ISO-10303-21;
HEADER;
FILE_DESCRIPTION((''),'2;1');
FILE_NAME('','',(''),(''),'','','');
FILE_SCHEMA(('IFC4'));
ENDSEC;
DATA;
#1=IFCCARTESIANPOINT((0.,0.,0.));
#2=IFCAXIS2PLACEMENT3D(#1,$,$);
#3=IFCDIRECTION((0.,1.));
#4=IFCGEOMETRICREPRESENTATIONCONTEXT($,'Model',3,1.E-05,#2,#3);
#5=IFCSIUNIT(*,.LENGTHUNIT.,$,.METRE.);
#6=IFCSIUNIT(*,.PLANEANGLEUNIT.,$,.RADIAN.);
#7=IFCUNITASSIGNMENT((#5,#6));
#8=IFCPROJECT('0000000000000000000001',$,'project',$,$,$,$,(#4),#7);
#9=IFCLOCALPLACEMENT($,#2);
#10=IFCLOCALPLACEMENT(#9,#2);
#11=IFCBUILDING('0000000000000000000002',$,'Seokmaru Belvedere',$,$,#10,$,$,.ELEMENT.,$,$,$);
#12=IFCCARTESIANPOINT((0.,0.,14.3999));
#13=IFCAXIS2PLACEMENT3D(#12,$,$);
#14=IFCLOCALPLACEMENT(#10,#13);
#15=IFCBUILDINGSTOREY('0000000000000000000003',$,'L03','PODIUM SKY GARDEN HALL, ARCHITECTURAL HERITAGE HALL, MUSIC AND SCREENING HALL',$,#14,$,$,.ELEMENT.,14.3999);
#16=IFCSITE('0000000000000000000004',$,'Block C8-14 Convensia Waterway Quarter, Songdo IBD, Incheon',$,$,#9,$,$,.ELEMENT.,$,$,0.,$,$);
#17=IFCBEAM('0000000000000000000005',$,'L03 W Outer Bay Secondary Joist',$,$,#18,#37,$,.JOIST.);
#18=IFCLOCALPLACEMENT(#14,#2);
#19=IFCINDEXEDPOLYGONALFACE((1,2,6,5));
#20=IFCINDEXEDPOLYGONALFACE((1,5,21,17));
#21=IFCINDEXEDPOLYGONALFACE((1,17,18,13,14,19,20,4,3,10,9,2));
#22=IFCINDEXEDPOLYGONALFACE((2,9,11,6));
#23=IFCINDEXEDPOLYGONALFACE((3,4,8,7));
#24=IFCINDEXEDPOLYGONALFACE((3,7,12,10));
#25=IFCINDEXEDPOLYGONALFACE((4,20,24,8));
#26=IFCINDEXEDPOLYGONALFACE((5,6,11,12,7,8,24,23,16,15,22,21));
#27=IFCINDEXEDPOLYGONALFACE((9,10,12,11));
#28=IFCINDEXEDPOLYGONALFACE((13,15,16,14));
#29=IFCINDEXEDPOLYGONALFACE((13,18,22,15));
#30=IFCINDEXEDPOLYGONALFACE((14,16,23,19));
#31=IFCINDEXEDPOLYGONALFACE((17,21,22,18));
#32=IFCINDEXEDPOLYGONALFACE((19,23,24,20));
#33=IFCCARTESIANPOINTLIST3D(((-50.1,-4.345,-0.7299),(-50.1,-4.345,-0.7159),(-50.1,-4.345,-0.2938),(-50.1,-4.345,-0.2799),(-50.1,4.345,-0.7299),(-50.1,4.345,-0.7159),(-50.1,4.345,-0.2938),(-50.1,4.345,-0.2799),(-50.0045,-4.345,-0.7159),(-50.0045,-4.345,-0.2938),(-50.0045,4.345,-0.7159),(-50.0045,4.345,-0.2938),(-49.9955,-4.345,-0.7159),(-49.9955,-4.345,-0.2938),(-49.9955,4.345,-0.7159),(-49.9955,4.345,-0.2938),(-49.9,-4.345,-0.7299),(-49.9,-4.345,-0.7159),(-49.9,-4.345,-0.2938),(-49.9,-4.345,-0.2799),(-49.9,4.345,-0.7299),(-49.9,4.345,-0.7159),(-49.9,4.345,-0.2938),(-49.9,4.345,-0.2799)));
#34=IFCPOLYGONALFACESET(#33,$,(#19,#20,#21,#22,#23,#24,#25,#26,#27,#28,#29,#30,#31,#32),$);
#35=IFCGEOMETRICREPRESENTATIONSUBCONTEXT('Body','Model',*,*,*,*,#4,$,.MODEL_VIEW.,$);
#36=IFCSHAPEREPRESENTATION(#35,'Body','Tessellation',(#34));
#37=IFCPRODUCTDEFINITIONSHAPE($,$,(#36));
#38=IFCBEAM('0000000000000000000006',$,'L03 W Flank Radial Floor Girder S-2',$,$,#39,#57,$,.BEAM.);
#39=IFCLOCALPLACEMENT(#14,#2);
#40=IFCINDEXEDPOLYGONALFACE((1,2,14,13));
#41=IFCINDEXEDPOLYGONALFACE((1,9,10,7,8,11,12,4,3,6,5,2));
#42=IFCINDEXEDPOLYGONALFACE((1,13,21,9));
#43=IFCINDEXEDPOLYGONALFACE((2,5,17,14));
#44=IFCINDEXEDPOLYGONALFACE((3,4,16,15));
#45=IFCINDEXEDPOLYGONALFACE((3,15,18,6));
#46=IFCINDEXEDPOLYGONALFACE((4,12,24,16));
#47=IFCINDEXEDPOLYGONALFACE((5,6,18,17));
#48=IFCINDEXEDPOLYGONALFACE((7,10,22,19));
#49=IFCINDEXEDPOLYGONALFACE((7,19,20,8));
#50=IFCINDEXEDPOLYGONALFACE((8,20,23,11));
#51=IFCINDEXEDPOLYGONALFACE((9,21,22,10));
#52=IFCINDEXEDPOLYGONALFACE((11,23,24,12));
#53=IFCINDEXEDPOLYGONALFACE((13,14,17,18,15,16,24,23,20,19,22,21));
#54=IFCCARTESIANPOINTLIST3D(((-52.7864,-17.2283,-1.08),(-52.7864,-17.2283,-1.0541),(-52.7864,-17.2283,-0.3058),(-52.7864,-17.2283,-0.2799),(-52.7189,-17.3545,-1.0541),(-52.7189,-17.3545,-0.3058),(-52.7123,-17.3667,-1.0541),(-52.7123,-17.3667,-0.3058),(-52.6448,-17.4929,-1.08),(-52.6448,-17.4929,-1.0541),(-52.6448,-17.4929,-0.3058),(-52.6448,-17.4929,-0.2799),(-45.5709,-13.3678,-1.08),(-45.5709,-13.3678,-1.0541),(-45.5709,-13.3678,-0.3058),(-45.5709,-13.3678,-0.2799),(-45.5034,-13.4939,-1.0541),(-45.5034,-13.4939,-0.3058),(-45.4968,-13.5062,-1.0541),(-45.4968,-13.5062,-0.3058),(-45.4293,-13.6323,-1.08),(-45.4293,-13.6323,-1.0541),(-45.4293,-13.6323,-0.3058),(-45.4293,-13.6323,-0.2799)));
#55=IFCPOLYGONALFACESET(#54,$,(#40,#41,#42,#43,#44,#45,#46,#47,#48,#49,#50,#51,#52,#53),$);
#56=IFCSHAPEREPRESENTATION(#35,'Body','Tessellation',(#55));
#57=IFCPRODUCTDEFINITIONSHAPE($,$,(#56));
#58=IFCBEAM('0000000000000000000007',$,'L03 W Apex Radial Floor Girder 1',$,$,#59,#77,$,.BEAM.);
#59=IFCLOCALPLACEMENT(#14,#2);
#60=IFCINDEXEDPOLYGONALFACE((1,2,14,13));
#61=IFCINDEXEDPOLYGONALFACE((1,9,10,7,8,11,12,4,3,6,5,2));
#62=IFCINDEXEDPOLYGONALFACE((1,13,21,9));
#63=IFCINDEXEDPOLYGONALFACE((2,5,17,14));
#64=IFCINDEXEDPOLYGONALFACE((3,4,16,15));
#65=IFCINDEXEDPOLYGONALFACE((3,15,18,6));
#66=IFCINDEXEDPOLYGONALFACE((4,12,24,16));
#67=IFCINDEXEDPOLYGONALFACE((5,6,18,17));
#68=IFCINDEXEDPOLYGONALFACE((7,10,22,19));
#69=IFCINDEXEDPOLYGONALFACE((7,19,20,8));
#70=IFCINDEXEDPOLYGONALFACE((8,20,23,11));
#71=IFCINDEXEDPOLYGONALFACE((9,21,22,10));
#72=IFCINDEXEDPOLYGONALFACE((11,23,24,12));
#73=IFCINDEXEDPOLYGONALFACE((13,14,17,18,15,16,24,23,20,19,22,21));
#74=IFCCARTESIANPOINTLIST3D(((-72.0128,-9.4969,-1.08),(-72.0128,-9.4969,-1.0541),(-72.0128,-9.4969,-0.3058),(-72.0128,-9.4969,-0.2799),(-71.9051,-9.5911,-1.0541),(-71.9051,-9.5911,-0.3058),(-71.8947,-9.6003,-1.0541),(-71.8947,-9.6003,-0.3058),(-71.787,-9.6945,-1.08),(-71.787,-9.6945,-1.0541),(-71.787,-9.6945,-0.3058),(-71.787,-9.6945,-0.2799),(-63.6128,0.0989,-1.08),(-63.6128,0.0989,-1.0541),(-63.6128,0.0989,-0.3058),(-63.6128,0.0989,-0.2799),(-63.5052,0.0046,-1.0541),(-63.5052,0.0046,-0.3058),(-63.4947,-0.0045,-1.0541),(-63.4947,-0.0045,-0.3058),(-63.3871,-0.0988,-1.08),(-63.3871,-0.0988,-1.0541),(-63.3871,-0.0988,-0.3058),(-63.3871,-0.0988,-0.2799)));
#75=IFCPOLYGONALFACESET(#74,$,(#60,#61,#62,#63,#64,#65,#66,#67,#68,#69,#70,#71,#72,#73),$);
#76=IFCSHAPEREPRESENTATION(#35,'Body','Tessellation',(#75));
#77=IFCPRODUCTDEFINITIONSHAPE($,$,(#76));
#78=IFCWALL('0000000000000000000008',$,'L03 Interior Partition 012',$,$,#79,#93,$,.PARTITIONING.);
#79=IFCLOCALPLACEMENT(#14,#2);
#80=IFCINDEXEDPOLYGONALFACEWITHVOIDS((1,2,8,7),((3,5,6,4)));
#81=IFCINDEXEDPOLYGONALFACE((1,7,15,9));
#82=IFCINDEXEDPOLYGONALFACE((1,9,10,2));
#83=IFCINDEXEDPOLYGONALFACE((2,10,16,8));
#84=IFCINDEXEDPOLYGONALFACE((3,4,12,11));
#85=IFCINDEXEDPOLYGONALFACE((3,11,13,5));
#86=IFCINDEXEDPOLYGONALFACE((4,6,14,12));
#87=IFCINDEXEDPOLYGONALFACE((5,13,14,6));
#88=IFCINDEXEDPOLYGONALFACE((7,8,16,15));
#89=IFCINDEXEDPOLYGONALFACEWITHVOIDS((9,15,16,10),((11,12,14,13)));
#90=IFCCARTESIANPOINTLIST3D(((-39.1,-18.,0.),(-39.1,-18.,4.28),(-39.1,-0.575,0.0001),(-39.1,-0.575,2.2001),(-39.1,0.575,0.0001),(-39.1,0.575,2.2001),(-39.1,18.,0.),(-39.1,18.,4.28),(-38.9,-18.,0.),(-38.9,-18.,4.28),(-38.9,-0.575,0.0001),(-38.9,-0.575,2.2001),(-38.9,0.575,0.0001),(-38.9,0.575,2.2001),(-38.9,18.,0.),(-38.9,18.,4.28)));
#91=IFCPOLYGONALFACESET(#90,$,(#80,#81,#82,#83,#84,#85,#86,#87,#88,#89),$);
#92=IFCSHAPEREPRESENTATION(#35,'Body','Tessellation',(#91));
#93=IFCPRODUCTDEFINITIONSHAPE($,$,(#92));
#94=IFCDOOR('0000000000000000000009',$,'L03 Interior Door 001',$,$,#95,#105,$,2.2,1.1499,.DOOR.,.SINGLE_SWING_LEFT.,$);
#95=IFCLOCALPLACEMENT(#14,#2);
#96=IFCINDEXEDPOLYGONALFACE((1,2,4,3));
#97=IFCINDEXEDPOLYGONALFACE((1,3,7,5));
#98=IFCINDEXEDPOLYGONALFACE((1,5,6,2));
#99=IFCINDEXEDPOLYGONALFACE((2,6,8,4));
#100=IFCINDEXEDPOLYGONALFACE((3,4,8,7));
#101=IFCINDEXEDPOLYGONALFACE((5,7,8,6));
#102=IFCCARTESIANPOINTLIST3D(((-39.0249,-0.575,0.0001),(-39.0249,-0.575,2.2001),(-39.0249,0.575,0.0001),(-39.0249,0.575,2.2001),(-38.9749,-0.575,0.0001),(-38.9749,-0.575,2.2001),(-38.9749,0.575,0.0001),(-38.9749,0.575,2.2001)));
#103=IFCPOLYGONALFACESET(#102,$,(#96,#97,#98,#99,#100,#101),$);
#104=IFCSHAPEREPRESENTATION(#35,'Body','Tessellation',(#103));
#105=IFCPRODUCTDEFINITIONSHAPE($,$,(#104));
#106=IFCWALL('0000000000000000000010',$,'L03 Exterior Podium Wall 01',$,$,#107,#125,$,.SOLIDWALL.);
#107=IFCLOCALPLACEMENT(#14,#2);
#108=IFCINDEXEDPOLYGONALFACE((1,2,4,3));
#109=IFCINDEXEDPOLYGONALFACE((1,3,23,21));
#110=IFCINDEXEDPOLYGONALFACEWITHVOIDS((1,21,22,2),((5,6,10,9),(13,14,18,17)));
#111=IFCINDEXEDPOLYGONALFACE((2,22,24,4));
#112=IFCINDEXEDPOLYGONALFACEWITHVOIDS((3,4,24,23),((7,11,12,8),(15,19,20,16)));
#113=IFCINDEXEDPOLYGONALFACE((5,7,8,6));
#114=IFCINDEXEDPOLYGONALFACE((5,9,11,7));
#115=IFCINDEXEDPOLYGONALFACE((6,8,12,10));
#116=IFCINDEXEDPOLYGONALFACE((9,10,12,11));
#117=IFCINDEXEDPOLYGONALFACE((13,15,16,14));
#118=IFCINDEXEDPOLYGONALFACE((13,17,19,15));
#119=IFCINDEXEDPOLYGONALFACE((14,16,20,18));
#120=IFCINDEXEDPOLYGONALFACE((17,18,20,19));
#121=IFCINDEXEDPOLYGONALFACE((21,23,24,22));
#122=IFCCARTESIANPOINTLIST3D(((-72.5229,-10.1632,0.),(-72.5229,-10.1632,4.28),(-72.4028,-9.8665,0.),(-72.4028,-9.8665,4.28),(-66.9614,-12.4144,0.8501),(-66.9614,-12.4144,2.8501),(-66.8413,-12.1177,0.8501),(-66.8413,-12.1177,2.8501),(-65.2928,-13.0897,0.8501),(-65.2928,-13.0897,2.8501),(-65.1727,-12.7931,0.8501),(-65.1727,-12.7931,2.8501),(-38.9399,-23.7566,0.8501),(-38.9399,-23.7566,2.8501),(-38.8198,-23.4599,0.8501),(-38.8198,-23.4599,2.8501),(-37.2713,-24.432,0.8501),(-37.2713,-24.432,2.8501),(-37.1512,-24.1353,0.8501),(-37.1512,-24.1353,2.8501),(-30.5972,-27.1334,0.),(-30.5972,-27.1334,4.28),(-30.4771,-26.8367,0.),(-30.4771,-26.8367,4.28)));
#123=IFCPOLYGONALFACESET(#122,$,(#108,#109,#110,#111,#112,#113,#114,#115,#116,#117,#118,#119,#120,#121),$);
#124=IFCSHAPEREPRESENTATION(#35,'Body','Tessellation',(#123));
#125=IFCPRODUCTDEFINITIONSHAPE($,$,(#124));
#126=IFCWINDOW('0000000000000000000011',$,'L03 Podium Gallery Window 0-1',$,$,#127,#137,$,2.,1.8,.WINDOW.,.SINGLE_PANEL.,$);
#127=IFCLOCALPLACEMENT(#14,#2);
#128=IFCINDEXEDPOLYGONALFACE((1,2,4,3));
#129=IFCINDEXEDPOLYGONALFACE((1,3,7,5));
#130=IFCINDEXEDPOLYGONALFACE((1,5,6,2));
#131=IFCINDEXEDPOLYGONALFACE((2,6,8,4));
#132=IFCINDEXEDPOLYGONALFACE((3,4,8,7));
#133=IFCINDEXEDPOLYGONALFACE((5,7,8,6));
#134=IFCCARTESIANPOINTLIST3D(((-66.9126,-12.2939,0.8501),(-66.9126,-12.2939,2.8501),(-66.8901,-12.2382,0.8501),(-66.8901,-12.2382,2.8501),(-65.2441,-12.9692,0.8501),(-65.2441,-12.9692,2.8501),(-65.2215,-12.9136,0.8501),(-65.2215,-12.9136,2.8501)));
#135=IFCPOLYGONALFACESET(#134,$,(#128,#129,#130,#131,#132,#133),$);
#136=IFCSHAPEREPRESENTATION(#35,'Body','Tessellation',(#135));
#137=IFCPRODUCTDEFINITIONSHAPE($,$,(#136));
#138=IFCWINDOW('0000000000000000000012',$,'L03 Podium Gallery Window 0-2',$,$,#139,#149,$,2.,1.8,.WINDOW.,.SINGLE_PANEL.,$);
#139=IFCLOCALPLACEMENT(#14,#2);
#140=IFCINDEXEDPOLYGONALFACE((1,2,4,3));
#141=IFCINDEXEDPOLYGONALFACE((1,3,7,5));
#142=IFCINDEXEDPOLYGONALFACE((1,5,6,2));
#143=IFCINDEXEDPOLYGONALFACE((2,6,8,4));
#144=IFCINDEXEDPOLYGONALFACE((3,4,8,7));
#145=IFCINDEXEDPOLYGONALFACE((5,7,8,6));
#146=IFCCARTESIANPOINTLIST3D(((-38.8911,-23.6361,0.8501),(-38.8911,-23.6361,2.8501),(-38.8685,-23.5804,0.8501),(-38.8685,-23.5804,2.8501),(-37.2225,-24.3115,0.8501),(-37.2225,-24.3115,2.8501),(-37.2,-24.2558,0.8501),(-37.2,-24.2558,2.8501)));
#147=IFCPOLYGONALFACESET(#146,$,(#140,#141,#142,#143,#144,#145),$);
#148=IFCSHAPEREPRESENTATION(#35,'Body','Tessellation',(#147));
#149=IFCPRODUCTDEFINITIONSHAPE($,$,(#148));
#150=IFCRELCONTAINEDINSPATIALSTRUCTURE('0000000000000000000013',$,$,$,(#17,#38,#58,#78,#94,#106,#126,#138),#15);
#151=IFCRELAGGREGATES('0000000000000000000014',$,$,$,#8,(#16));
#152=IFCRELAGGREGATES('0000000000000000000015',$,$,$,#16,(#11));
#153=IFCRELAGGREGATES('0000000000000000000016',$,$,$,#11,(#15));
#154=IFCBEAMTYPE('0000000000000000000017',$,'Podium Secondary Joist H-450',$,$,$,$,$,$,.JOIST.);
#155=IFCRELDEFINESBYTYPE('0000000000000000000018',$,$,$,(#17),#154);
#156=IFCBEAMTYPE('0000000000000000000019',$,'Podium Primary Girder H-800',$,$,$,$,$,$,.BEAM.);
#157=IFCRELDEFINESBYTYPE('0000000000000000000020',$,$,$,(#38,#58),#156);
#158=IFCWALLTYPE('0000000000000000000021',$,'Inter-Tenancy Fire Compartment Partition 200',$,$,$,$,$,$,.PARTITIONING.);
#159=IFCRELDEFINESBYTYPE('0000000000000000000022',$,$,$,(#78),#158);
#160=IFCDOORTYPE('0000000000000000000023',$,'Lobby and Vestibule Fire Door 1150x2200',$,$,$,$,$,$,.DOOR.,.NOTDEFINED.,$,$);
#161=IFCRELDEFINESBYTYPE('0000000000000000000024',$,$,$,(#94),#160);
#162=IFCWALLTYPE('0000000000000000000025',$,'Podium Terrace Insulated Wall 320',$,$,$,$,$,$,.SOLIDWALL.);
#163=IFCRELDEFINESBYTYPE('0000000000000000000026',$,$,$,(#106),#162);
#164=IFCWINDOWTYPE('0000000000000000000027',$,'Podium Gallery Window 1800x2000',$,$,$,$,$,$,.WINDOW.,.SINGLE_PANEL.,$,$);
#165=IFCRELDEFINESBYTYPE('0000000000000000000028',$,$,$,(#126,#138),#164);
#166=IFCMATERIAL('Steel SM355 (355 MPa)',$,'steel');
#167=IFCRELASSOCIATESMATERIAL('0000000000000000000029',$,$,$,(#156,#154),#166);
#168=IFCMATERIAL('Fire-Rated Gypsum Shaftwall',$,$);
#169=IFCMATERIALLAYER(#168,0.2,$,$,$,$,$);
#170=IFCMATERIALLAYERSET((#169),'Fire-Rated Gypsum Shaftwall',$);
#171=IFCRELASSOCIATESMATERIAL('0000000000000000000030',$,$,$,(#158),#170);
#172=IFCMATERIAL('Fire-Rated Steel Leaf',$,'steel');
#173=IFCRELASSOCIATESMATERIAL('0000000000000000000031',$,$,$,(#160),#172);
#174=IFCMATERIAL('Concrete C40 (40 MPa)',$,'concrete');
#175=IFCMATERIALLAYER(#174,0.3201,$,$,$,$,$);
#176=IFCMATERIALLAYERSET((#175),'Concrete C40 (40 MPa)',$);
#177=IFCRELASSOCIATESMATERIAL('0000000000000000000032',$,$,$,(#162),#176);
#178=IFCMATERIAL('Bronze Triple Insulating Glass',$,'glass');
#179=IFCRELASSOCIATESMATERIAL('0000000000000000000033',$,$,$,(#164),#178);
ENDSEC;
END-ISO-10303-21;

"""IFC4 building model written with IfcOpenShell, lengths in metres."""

from ifc_helpers import new_model, si_unit, direction, frame, frame_2d, origin, origin_2d, place, context, subcontext, project, spatial, rectangle, i_section, extrude, source, transform, mapped, material, layer, layer_set, material_profile, profile_set, type_object, type_shapes, element, fill, save


model = new_model("IFC4")

# Units and contexts
model_context = context("Model", 3, precision=1e-05, world=origin(), true_north=direction((0.0, 1.0)))
body_context = subcontext(model_context, "Body", "Model", "MODEL_VIEW")
ifc_project = project(units=[si_unit("LENGTHUNIT", "METRE"), si_unit("PLANEANGLEUNIT", "RADIAN")], contexts=[model_context])

# Site, building, storey
site_placement = place(None, origin())
site = spatial("IfcSite", under=ifc_project, at=site_placement, Name="Block C8-14 Convensia Waterway Quarter, Songdo IBD, Incheon", CompositionType="ELEMENT", RefElevation=0.0)
building_placement = place(site_placement, origin())
building = spatial("IfcBuilding", under=site, at=building_placement, Name="Seokmaru Belvedere", CompositionType="ELEMENT")
storey_placement = place(building_placement, frame((0.0, 0.0, 14.3999)))
storey = spatial("IfcBuildingStorey", under=building, at=storey_placement, Name="L03", Description="PODIUM SKY GARDEN HALL, ARCHITECTURAL HERITAGE HALL, MUSIC AND SCREENING HALL", CompositionType="ELEMENT", Elevation=14.3999)

# Shared definitions
ifc_material_1 = material(Name="Steel SM355 (355 MPa)", Category="steel")

# Beams
ifc_material_profile_1 = material_profile(ifc_material_1, i_section(OverallWidth=0.3, OverallDepth=0.8, WebThickness=0.0139, FlangeThickness=0.0259, at=origin_2d()), Name="H-800x300x14x26")
ifc_profile_set_1 = profile_set([ifc_material_profile_1], Name="Steel SM355 (355 MPa)")
beam_type_1 = type_object("IfcBeamType", Name="Podium Primary Girder H-800", PredefinedType="BEAM", material=ifc_profile_set_1)
ifc_material_profile_2 = material_profile(ifc_material_1, i_section(OverallWidth=0.2, OverallDepth=0.45, WebThickness=0.009, FlangeThickness=0.0139, at=origin_2d()), Name="H-450x200x9x14")
ifc_profile_set_2 = profile_set([ifc_material_profile_2], Name="Steel SM355 (355 MPa)")
beam_type_2 = type_object("IfcBeamType", Name="Podium Secondary Joist H-450", PredefinedType="JOIST", material=ifc_profile_set_2)
shared_shape_1 = source(origin(), body_context, "Body", "SweptSolid", [
    extrude(i_section(OverallWidth=0.2, OverallDepth=0.45, WebThickness=0.009, FlangeThickness=0.0139, at=origin_2d()), origin(), (0.0, 0.0, 1.0), 8.6899),
])
type_shapes(beam_type_2, [shared_shape_1])
for number, where, z_axis, x_axis, name in (
    (1, (-50.0, -4.345, -0.5049), (0.0, 1.0, 0.0), (-1.0, 0.0, 0.0), "L03 W Outer Bay Secondary Joist"),
):
    element("IfcBeam", number, at=place(storey_placement, frame(where, z_axis=z_axis, x_axis=x_axis)), inside=storey, type_object=beam_type_2, Name=name, PredefinedType="JOIST", context=body_context, shape_type="MappedRepresentation", body=[
        mapped(shared_shape_1, transform((0.0, 0.0, 0.0), scale=1.0)),
    ])
shared_shape_2 = source(origin(), body_context, "Body", "SweptSolid", [
    extrude(i_section(OverallWidth=0.3, OverallDepth=0.8, WebThickness=0.0139, FlangeThickness=0.0259, at=origin_2d()), origin(), (0.0, 0.0, 1.0), 8.1833),
])
beam_1_placement = place(storey_placement, frame((-52.7156, -17.3606, -0.6799), z_axis=(0.881729, 0.471757, 0.0), x_axis=(-0.471757, 0.881729, 0.0)))
element("IfcBeam", 2, at=beam_1_placement, inside=storey, type_object=beam_type_1, Name="L03 W Flank Radial Floor Girder S-2", PredefinedType="BEAM", context=body_context, shape_type="MappedRepresentation", body=[
    mapped(shared_shape_2, transform((0.0, 0.0, 0.0), scale=1.0)),
])
shared_shape_3 = source(origin(), body_context, "Body", "SweptSolid", [
    extrude(i_section(OverallWidth=0.3, OverallDepth=0.8, WebThickness=0.0139, FlangeThickness=0.0259, at=origin_2d()), origin(), (0.0, 0.0, 1.0), 12.7529),
])
beam_2_placement = place(storey_placement, frame((-71.8999, -9.5957, -0.6799), z_axis=(0.658667, 0.752434, 0.0), x_axis=(-0.752434, 0.658667, 0.0)))
element("IfcBeam", 3, at=beam_2_placement, inside=storey, type_object=beam_type_1, Name="L03 W Apex Radial Floor Girder 1", PredefinedType="BEAM", context=body_context, shape_type="MappedRepresentation", body=[
    mapped(shared_shape_3, transform((0.0, 0.0, 0.0), scale=1.0)),
])

# Wall, opening, door
ifc_material_2 = material(Name="Fire-Rated Gypsum Shaftwall")
ifc_layer_1 = layer(ifc_material_2, 0.2)
ifc_layer_set_1 = layer_set([ifc_layer_1], Name="Fire-Rated Gypsum Shaftwall")
wall_type_1 = type_object("IfcWallType", Name="Inter-Tenancy Fire Compartment Partition 200", PredefinedType="PARTITIONING", material=ifc_layer_set_1)
wall_1_placement = place(storey_placement, frame((-39.0, -18.0, 0.0), z_axis=(0.0, 0.0, 1.0), x_axis=(0.0, 1.0, 0.0)))
wall_1 = element("IfcWall", 4, at=wall_1_placement, inside=storey, type_object=wall_type_1, Name="L03 Interior Partition 012", PredefinedType="PARTITIONING", context=body_context, shape_type="SweptSolid", body=[
    extrude(rectangle(XDim=36.0, YDim=0.2, at=frame_2d((18.0, 0.0))), origin(), (0.0, 0.0, 1.0), 4.28),
])
opening_1_placement = place(wall_1_placement, frame((17.425, 0.0, 0.0)))
opening_1 = element("IfcOpeningElement", 5, at=opening_1_placement, cuts=wall_1, PredefinedType="OPENING", context=body_context, shape_type="SweptSolid", body=[
    extrude(rectangle(XDim=1.1499, YDim=2.2, at=frame_2d((0.575, 1.1001))), frame((0.0, 0.1099, 0.0), z_axis=(0.0, -1.0, 0.0), x_axis=(1.0, 0.0, 0.0)), (0.0, 0.0, 1.0), 0.22),
])
ifc_material_3 = material(Name="Fire-Rated Steel Leaf", Category="steel")
door_type = type_object("IfcDoorType", Name="Lobby and Vestibule Fire Door 1150x2200", OperationType="NOTDEFINED", PredefinedType="DOOR", material=ifc_material_3)
shared_shape_4 = source(origin(), body_context, "Body", "SweptSolid", [
    extrude(rectangle(XDim=1.1499, YDim=2.2, at=frame_2d((0.575, 1.1001))), frame((0.0, 0.0249, 0.0), z_axis=(0.0, -1.0, 0.0), x_axis=(1.0, 0.0, 0.0)), (0.0, 0.0, 1.0), 0.05),
])
type_shapes(door_type, [shared_shape_4])
door_placement = place(opening_1_placement, origin())
door = element("IfcDoor", 6, at=door_placement, inside=storey, type_object=door_type, Name="L03 Interior Door 001", OperationType="SINGLE_SWING_LEFT", OverallHeight=2.2, OverallWidth=1.1499, PredefinedType="DOOR", context=body_context, shape_type="MappedRepresentation", body=[
    mapped(shared_shape_4, transform((0.0, 0.0, 0.0), scale=1.0)),
])
fill(opening_1, door)

# Wall, openings, windows
ifc_material_4 = material(Name="Concrete C40 (40 MPa)", Category="concrete")
ifc_layer_2 = layer(ifc_material_4, 0.3201)
ifc_layer_set_2 = layer_set([ifc_layer_2], Name="Concrete C40 (40 MPa)")
wall_type_2 = type_object("IfcWallType", Name="Podium Terrace Insulated Wall 320", PredefinedType="SOLIDWALL", material=ifc_layer_set_2)
wall_2_placement = place(storey_placement, frame((-72.4629, -10.0149, 0.0), z_axis=(0.0, 0.0, 1.0), x_axis=(0.926945, -0.375198, 0.0)))
wall_2 = element("IfcWall", 7, at=wall_2_placement, inside=storey, type_object=wall_type_2, Name="L03 Exterior Podium Wall 01", PredefinedType="SOLIDWALL", context=body_context, shape_type="SweptSolid", body=[
    extrude(rectangle(XDim=45.23, YDim=0.3201, at=frame_2d((22.615, 0.0))), origin(), (0.0, 0.0, 1.0), 4.28),
])
opening_2_placement = place(wall_2_placement, frame((6.0, 0.0, 0.8501)))
opening_2 = element("IfcOpeningElement", 8, at=opening_2_placement, cuts=wall_2, PredefinedType="OPENING", context=body_context, shape_type="SweptSolid", body=[
    extrude(rectangle(XDim=1.8, YDim=2.0, at=frame_2d((0.8999, 1.0))), frame((0.0, 0.1699, 0.0), z_axis=(0.0, -1.0, 0.0), x_axis=(1.0, 0.0, 0.0)), (0.0, 0.0, 1.0), 0.3401),
])
opening_3_placement = place(wall_2_placement, frame((36.23, 0.0, 0.8501)))
opening_3 = element("IfcOpeningElement", 9, at=opening_3_placement, cuts=wall_2, PredefinedType="OPENING", context=body_context, shape_type="SweptSolid", body=[
    extrude(rectangle(XDim=1.8, YDim=2.0, at=frame_2d((0.8999, 1.0))), frame((0.0, 0.1699, 0.0), z_axis=(0.0, -1.0, 0.0), x_axis=(1.0, 0.0, 0.0)), (0.0, 0.0, 1.0), 0.3401),
])
ifc_material_5 = material(Name="Bronze Triple Insulating Glass", Category="glass")
window_type = type_object("IfcWindowType", Name="Podium Gallery Window 1800x2000", PartitioningType="SINGLE_PANEL", PredefinedType="WINDOW", material=ifc_material_5)
shared_shape_5 = source(origin(), body_context, "Body", "SweptSolid", [
    extrude(rectangle(XDim=1.8, YDim=2.0, at=frame_2d((0.8999, 1.0))), frame((0.0, 0.03, 0.0), z_axis=(0.0, -1.0, 0.0), x_axis=(1.0, 0.0, 0.0)), (0.0, 0.0, 1.0), 0.0601),
])
type_shapes(window_type, [shared_shape_5])
window_1_placement = place(opening_2_placement, origin())
window_1 = element("IfcWindow", 10, at=window_1_placement, inside=storey, type_object=window_type, Name="L03 Podium Gallery Window 0-1", OverallHeight=2.0, OverallWidth=1.8, PartitioningType="SINGLE_PANEL", PredefinedType="WINDOW", context=body_context, shape_type="MappedRepresentation", body=[
    mapped(shared_shape_5, transform((0.0, 0.0, 0.0), scale=1.0)),
])
fill(opening_2, window_1)
window_2_placement = place(opening_3_placement, origin())
window_2 = element("IfcWindow", 11, at=window_2_placement, inside=storey, type_object=window_type, Name="L03 Podium Gallery Window 0-2", OverallHeight=2.0, OverallWidth=1.8, PartitioningType="SINGLE_PANEL", PredefinedType="WINDOW", context=body_context, shape_type="MappedRepresentation", body=[
    mapped(shared_shape_5, transform((0.0, 0.0, 0.0), scale=1.0)),
])
fill(opening_3, window_2)

save(model, "model.ifc")
